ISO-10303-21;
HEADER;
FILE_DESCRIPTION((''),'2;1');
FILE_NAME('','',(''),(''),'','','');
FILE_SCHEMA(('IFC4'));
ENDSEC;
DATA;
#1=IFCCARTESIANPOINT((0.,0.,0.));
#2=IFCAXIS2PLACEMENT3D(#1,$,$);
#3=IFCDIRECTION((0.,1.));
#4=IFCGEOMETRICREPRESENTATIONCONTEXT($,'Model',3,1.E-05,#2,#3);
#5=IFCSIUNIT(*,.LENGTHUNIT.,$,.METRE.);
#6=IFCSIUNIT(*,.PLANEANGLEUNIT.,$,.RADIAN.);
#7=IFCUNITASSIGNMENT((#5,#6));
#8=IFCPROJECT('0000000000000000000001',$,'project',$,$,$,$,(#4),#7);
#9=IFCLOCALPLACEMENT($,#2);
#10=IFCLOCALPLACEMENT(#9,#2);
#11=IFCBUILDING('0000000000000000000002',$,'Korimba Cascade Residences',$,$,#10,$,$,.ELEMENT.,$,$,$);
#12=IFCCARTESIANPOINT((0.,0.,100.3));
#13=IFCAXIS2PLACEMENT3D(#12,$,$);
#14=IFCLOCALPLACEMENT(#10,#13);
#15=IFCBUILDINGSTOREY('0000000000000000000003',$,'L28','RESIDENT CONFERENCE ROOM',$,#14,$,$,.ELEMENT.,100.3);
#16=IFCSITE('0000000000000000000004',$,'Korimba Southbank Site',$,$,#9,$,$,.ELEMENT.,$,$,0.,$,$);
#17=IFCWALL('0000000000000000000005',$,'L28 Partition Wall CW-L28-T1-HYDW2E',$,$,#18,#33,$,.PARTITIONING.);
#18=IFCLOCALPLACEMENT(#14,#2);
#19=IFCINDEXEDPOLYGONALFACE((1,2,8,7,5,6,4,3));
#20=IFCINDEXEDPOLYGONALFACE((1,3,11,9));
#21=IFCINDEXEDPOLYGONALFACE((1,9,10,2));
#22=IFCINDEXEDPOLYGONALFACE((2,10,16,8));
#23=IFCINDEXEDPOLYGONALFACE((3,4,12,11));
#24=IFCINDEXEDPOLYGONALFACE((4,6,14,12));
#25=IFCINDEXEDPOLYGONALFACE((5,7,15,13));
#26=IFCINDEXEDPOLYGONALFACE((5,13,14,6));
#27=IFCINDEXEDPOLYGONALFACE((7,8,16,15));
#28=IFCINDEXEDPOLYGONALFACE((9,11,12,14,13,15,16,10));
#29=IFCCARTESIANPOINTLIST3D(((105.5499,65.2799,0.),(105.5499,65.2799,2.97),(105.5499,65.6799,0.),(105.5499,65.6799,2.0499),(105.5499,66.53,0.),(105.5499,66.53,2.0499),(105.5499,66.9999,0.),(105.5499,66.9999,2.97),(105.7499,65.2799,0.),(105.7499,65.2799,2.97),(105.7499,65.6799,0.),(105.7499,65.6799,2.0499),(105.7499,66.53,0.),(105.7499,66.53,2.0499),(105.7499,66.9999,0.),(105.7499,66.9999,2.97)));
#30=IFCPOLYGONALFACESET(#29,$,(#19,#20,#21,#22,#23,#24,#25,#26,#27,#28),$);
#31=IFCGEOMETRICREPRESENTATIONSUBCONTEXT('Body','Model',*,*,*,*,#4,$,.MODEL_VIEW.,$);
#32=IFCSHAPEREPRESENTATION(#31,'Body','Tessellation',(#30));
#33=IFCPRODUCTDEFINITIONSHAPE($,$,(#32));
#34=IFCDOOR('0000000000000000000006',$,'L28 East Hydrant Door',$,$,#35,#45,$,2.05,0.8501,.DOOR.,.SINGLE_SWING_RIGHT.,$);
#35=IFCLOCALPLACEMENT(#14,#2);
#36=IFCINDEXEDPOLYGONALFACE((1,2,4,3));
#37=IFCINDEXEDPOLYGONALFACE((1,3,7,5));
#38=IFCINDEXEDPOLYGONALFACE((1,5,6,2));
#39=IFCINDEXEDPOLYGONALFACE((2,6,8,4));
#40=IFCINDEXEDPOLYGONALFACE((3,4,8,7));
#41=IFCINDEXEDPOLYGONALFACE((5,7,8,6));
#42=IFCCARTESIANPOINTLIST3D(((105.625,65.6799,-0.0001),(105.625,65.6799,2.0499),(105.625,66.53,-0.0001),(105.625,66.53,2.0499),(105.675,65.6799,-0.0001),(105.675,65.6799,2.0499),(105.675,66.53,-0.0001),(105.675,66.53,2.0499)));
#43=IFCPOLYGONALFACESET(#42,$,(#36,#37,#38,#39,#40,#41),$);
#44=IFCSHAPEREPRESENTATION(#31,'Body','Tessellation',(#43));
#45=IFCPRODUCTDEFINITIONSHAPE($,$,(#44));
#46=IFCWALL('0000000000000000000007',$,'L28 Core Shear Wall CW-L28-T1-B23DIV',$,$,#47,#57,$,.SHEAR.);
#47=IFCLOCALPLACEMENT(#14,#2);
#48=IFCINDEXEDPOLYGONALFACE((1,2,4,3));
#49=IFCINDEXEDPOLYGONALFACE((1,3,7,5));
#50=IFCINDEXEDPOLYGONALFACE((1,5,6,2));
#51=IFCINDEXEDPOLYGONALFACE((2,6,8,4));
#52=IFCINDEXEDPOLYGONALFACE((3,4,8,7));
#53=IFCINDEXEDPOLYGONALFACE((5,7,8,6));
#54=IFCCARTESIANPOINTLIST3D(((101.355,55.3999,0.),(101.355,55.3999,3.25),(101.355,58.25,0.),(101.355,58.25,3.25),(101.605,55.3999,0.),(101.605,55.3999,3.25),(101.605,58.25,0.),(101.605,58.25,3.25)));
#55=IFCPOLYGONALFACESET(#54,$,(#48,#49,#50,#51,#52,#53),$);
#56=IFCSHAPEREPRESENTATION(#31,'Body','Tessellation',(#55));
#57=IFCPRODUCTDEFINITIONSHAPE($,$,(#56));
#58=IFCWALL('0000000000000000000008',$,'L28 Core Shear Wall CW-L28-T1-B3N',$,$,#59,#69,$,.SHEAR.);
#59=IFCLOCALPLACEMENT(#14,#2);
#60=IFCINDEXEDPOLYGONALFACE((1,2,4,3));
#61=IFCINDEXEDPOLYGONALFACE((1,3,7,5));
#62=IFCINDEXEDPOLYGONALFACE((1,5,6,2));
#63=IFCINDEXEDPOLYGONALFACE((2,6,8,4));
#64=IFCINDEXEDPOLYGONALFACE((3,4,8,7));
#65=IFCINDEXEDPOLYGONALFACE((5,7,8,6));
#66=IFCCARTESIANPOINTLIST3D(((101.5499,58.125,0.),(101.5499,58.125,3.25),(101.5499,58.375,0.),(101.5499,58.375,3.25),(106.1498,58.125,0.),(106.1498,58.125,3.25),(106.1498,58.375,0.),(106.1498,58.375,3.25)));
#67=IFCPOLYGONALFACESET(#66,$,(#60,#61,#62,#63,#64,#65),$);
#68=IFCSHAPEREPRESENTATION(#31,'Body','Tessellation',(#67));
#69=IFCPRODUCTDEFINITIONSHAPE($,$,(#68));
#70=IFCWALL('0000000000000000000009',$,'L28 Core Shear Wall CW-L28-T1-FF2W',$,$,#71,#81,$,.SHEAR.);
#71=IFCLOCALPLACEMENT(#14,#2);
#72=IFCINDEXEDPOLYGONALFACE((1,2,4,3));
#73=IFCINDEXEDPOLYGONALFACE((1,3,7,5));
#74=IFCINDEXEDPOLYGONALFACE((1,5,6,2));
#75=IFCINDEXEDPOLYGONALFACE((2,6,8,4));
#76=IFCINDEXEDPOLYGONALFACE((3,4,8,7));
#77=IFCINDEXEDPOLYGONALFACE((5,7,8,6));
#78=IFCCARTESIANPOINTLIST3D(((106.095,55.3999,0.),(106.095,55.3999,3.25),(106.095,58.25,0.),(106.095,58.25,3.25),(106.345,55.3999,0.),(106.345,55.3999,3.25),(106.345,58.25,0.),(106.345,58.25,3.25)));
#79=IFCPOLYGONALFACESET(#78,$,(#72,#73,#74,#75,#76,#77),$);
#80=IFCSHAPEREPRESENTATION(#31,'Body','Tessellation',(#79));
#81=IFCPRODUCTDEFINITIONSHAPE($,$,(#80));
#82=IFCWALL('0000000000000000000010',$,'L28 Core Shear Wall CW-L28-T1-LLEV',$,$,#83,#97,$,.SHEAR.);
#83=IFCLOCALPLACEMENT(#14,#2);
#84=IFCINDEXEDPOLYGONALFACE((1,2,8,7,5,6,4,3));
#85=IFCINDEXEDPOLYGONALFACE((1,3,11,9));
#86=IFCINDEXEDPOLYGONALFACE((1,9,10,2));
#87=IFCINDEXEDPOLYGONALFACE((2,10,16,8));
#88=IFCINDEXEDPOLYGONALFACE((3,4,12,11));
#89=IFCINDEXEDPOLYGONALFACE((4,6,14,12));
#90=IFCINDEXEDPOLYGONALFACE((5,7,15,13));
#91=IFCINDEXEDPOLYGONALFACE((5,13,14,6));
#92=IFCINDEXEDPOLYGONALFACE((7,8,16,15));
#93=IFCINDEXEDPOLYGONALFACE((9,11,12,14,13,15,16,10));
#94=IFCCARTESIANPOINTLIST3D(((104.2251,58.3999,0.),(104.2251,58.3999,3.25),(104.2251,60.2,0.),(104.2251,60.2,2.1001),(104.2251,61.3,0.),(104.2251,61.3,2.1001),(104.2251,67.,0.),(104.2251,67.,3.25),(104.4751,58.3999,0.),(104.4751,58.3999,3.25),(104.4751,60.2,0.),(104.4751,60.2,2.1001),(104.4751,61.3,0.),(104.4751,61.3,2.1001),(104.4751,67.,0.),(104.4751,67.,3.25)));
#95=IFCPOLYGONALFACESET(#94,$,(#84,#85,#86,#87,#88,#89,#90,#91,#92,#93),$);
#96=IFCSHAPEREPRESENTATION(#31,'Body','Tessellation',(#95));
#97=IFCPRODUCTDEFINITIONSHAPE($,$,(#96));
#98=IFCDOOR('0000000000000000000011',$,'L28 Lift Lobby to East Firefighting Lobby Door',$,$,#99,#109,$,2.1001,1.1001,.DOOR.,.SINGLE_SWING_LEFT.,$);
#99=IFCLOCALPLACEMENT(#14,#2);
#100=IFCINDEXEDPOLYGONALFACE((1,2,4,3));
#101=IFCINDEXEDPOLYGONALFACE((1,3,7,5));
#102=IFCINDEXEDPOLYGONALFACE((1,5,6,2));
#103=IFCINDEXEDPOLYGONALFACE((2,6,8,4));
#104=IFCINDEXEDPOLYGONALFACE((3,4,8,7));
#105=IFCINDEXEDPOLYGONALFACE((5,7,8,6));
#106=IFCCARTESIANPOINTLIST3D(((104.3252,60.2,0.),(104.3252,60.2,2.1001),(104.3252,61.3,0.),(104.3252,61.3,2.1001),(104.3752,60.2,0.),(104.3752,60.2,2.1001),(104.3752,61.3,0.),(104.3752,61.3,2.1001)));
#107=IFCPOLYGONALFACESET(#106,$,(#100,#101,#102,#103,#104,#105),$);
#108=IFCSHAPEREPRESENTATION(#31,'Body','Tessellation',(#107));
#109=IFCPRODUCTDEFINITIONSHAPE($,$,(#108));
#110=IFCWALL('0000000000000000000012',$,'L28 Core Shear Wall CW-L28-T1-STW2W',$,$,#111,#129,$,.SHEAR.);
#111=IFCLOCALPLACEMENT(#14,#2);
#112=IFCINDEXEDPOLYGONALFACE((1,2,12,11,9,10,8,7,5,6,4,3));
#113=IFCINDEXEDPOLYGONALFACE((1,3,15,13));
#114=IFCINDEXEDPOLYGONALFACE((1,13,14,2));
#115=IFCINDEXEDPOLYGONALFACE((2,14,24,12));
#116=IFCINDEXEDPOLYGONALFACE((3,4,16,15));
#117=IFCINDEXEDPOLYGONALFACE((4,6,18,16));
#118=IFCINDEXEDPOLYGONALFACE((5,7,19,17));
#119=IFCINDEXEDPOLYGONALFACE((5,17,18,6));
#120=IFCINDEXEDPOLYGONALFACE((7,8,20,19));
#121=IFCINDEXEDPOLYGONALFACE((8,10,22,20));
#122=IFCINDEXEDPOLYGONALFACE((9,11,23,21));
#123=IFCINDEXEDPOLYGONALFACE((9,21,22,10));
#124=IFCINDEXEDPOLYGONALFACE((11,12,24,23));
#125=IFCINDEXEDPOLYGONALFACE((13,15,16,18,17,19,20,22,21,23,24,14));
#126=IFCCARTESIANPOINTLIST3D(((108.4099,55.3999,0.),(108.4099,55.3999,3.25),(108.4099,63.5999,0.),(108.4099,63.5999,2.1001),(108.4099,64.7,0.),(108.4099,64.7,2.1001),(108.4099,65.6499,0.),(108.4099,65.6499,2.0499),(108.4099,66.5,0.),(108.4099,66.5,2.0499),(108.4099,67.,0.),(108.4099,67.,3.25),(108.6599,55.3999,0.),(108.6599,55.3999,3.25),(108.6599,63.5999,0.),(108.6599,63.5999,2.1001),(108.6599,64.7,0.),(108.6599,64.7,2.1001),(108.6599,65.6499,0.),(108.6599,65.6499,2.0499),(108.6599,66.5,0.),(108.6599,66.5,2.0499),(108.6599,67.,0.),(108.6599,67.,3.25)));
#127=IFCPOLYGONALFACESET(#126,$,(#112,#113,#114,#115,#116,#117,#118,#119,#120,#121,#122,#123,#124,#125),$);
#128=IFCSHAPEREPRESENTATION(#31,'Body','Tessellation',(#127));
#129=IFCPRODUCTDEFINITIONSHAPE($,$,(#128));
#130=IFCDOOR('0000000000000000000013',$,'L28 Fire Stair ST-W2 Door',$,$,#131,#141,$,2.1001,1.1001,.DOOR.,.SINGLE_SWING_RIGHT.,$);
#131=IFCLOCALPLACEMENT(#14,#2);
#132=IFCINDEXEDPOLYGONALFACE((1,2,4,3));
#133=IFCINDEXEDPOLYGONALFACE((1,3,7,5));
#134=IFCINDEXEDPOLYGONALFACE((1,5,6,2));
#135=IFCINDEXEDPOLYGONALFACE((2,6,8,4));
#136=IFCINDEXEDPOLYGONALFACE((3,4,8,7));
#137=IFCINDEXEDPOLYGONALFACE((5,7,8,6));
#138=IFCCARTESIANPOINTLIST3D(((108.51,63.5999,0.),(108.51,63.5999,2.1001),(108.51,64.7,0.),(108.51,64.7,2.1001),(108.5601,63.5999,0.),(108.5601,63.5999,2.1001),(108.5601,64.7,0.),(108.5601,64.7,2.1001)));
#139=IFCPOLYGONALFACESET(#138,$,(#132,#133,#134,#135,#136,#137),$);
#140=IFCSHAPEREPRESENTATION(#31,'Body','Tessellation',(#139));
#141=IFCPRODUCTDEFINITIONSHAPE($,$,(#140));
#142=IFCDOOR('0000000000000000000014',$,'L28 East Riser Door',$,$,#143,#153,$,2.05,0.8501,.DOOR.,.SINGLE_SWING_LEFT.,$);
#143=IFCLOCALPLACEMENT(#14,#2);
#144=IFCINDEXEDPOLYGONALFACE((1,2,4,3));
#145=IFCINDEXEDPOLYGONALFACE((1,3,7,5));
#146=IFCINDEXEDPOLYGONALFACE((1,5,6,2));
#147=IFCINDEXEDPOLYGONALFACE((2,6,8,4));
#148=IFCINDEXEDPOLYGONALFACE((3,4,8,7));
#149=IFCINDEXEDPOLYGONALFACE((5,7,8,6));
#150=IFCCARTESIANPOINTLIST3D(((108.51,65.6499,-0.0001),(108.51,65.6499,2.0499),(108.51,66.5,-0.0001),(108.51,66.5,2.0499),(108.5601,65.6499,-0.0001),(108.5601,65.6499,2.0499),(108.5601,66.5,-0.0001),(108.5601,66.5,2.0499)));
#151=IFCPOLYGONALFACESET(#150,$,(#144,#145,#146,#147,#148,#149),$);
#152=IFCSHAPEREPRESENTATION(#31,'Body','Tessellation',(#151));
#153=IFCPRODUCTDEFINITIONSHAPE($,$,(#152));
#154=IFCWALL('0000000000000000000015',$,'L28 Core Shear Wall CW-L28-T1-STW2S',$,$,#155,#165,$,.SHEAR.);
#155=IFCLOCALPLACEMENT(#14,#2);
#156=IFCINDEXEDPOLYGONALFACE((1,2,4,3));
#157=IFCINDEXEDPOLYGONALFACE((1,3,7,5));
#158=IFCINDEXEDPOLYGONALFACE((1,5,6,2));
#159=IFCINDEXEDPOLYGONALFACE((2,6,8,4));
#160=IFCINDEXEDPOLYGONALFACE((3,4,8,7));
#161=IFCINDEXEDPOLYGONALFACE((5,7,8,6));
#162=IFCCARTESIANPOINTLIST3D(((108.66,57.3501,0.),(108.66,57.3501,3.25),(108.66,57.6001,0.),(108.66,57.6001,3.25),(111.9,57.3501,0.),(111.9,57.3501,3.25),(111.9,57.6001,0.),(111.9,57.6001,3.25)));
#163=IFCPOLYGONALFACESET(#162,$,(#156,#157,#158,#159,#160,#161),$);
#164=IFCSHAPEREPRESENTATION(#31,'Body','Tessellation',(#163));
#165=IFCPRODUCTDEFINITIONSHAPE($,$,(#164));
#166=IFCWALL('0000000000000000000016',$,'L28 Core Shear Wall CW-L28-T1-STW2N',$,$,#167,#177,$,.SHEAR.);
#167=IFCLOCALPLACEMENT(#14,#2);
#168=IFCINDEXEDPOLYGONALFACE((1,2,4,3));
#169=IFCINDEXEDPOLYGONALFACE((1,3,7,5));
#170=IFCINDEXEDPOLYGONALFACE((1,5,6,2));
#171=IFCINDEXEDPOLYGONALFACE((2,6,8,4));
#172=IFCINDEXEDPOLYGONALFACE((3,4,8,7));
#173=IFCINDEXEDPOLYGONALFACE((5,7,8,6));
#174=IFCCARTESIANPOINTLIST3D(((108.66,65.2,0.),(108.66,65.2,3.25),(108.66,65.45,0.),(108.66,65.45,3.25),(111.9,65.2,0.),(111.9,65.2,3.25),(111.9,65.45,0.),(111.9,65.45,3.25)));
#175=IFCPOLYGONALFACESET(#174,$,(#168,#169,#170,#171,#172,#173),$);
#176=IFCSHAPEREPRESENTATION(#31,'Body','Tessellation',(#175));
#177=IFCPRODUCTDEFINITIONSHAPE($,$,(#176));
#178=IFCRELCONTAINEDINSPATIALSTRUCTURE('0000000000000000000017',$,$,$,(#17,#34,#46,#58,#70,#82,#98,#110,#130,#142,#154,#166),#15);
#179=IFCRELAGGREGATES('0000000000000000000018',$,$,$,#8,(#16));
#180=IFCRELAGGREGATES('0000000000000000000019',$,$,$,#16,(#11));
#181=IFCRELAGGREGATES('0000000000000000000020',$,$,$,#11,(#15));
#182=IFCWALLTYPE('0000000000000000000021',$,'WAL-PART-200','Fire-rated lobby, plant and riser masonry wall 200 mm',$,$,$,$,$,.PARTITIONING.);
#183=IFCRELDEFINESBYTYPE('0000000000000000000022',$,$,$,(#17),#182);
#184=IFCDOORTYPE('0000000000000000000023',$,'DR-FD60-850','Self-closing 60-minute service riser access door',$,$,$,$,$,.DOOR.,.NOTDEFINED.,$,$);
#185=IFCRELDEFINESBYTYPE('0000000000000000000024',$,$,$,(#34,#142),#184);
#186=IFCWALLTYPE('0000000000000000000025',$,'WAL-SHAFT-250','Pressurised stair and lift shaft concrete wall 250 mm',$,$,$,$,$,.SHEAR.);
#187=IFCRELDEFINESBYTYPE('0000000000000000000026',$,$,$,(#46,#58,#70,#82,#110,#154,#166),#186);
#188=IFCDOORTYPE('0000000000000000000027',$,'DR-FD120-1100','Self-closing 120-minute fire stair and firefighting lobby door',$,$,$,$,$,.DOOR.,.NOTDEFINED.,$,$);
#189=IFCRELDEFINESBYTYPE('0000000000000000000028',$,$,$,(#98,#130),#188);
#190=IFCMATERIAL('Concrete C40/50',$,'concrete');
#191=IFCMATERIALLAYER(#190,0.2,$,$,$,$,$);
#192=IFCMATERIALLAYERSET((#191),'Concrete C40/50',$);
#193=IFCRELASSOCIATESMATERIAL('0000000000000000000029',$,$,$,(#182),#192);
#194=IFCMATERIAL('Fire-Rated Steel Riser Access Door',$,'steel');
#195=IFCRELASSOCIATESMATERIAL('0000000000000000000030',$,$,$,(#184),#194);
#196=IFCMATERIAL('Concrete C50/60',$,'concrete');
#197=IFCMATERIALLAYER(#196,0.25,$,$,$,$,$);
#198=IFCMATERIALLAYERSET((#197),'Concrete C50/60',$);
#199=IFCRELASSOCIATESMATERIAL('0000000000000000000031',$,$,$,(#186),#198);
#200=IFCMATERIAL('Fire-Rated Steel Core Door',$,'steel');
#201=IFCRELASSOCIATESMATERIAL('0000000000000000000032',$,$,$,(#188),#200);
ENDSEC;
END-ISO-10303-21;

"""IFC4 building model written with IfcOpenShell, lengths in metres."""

from ifc_helpers import new_model, si_unit, direction, frame, frame_2d, origin, place, context, subcontext, project, spatial, rectangle, extrude, material, layer, layer_set, type_object, element, fill, save


model = new_model("IFC4")

# Units and contexts
model_context = context("Model", 3, precision=1e-05, world=origin(), true_north=direction((0.0, 1.0)))
body_context = subcontext(model_context, "Body", "Model", "MODEL_VIEW")
ifc_project = project(units=[si_unit("LENGTHUNIT", "METRE"), si_unit("PLANEANGLEUNIT", "RADIAN")], contexts=[model_context])

# Site, building, storey
site_placement = place(None, origin())
site = spatial("IfcSite", under=ifc_project, at=site_placement, Name="Korimba Southbank Site", CompositionType="ELEMENT", RefElevation=0.0)
building_placement = place(site_placement, origin())
building = spatial("IfcBuilding", under=site, at=building_placement, Name="Korimba Cascade Residences", CompositionType="ELEMENT")
storey_placement = place(building_placement, frame((0.0, 0.0, 100.3)))
storey = spatial("IfcBuildingStorey", under=building, at=storey_placement, Name="L28", Description="RESIDENT CONFERENCE ROOM", CompositionType="ELEMENT", Elevation=100.3)

# Shared definitions
ifc_material_1 = material(Name="Concrete C40/50", Category="concrete")
ifc_layer_1 = layer(ifc_material_1, 0.2)
ifc_layer_set_1 = layer_set([ifc_layer_1], Name="Concrete C40/50")
wall_type_1 = type_object("IfcWallType", Name="WAL-PART-200", Description="Fire-rated lobby, plant and riser masonry wall 200 mm", PredefinedType="PARTITIONING", material=ifc_layer_set_1)

# Wall, opening, door
wall_1_placement = place(storey_placement, frame((105.6499, 65.28, 0.0), z_axis=(0.0, 0.0, 1.0), x_axis=(0.0, 1.0, 0.0)))
wall_1 = element("IfcWall", 1, at=wall_1_placement, inside=storey, type_object=wall_type_1, Name="L28 Partition Wall CW-L28-T1-HYDW2E", PredefinedType="PARTITIONING", context=body_context, shape_type="SweptSolid", body=[
    extrude(rectangle(XDim=1.72, YDim=0.2, at=frame_2d((0.8599, 0.0))), origin(), (0.0, 0.0, 1.0), 2.97),
])
opening_1_placement = place(wall_1_placement, frame((0.3999, 0.0, 0.0)))
opening_1 = element("IfcOpeningElement", 2, at=opening_1_placement, cuts=wall_1, PredefinedType="OPENING", context=body_context, shape_type="SweptSolid", body=[
    extrude(rectangle(XDim=0.8501, YDim=2.05, at=frame_2d((0.425, 1.0249))), frame((0.0, 0.1099, 0.0), z_axis=(0.0, -1.0, 0.0), x_axis=(1.0, 0.0, 0.0)), (0.0, 0.0, 1.0), 0.22),
])
ifc_material_2 = material(Name="Fire-Rated Steel Riser Access Door", Category="steel")
door_type_1 = type_object("IfcDoorType", Name="DR-FD60-850", Description="Self-closing 60-minute service riser access door", OperationType="NOTDEFINED", PredefinedType="DOOR", material=ifc_material_2)
door_1_placement = place(opening_1_placement, origin())
door_1 = element("IfcDoor", 3, at=door_1_placement, inside=storey, type_object=door_type_1, Name="L28 East Hydrant Door", OperationType="SINGLE_SWING_RIGHT", OverallHeight=2.05, OverallWidth=0.8501, PredefinedType="DOOR", context=body_context, shape_type="SweptSolid", body=[
    extrude(rectangle(XDim=0.8501, YDim=2.05, at=frame_2d((0.425, 1.0249))), frame((0.0, 0.0249, 0.0), z_axis=(0.0, -1.0, 0.0), x_axis=(1.0, 0.0, 0.0)), (0.0, 0.0, 1.0), 0.05),
])
fill(opening_1, door_1)

# Walls
ifc_material_3 = material(Name="Concrete C50/60", Category="concrete")
ifc_layer_2 = layer(ifc_material_3, 0.25)
ifc_layer_set_2 = layer_set([ifc_layer_2], Name="Concrete C50/60")
wall_type_2 = type_object("IfcWallType", Name="WAL-SHAFT-250", Description="Pressurised stair and lift shaft concrete wall 250 mm", PredefinedType="SHEAR", material=ifc_layer_set_2)
wall_2_placement = place(storey_placement, frame((101.48, 55.3999, 0.0), z_axis=(0.0, 0.0, 1.0), x_axis=(0.0, 1.0, 0.0)))
element("IfcWall", 4, at=wall_2_placement, inside=storey, type_object=wall_type_2, Name="L28 Core Shear Wall CW-L28-T1-B23DIV", PredefinedType="SHEAR", context=body_context, shape_type="SweptSolid", body=[
    extrude(rectangle(XDim=2.8501, YDim=0.25, at=frame_2d((1.425, 0.0))), origin(), (0.0, 0.0, 1.0), 3.25),
])
wall_3_placement = place(storey_placement, frame((101.55, 58.25, 0.0), z_axis=(0.0, 0.0, 1.0), x_axis=(1.0, 0.0, 0.0)))
element("IfcWall", 5, at=wall_3_placement, inside=storey, type_object=wall_type_2, Name="L28 Core Shear Wall CW-L28-T1-B3N", PredefinedType="SHEAR", context=body_context, shape_type="SweptSolid", body=[
    extrude(rectangle(XDim=4.5999, YDim=0.25, at=frame_2d((2.2998, 0.0))), origin(), (0.0, 0.0, 1.0), 3.25),
])
wall_4_placement = place(storey_placement, frame((106.22, 55.3999, 0.0), z_axis=(0.0, 0.0, 1.0), x_axis=(0.0, 1.0, 0.0)))
element("IfcWall", 6, at=wall_4_placement, inside=storey, type_object=wall_type_2, Name="L28 Core Shear Wall CW-L28-T1-FF2W", PredefinedType="SHEAR", context=body_context, shape_type="SweptSolid", body=[
    extrude(rectangle(XDim=2.8501, YDim=0.25, at=frame_2d((1.425, 0.0))), origin(), (0.0, 0.0, 1.0), 3.25),
])

# Wall, opening, door
wall_5_placement = place(storey_placement, frame((104.3501, 58.3999, 0.0), z_axis=(0.0, 0.0, 1.0), x_axis=(0.0, 1.0, 0.0)))
wall_5 = element("IfcWall", 7, at=wall_5_placement, inside=storey, type_object=wall_type_2, Name="L28 Core Shear Wall CW-L28-T1-LLEV", PredefinedType="SHEAR", context=body_context, shape_type="SweptSolid", body=[
    extrude(rectangle(XDim=8.6001, YDim=0.25, at=frame_2d((4.3, 0.0))), origin(), (0.0, 0.0, 1.0), 3.25),
])
opening_2_placement = place(wall_5_placement, frame((1.8, 0.0, 0.0)))
opening_2 = element("IfcOpeningElement", 8, at=opening_2_placement, cuts=wall_5, PredefinedType="OPENING", context=body_context, shape_type="SweptSolid", body=[
    extrude(rectangle(XDim=1.1001, YDim=2.1001, at=frame_2d((0.55, 1.05))), frame((0.0, 0.135, 0.0), z_axis=(0.0, -1.0, 0.0), x_axis=(1.0, 0.0, 0.0)), (0.0, 0.0, 1.0), 0.27),
])
ifc_material_4 = material(Name="Fire-Rated Steel Core Door", Category="steel")
door_type_2 = type_object("IfcDoorType", Name="DR-FD120-1100", Description="Self-closing 120-minute fire stair and firefighting lobby door", OperationType="NOTDEFINED", PredefinedType="DOOR", material=ifc_material_4)
door_2_placement = place(opening_2_placement, origin())
door_2 = element("IfcDoor", 9, at=door_2_placement, inside=storey, type_object=door_type_2, Name="L28 Lift Lobby to East Firefighting Lobby Door", OperationType="SINGLE_SWING_LEFT", OverallHeight=2.1001, OverallWidth=1.1001, PredefinedType="DOOR", context=body_context, shape_type="SweptSolid", body=[
    extrude(rectangle(XDim=1.1001, YDim=2.1001, at=frame_2d((0.55, 1.05))), frame((0.0, 0.0249, 0.0), z_axis=(0.0, -1.0, 0.0), x_axis=(1.0, 0.0, 0.0)), (0.0, 0.0, 1.0), 0.05),
])
fill(opening_2, door_2)

# Wall, openings, doors
wall_6_placement = place(storey_placement, frame((108.5349, 55.3999, 0.0), z_axis=(0.0, 0.0, 1.0), x_axis=(0.0, 1.0, 0.0)))
wall_6 = element("IfcWall", 10, at=wall_6_placement, inside=storey, type_object=wall_type_2, Name="L28 Core Shear Wall CW-L28-T1-STW2W", PredefinedType="SHEAR", context=body_context, shape_type="SweptSolid", body=[
    extrude(rectangle(XDim=11.6001, YDim=0.25, at=frame_2d((5.8, 0.0))), origin(), (0.0, 0.0, 1.0), 3.25),
])
opening_3_placement = place(wall_6_placement, frame((8.2, 0.0, 0.0)))
opening_3 = element("IfcOpeningElement", 11, at=opening_3_placement, cuts=wall_6, PredefinedType="OPENING", context=body_context, shape_type="SweptSolid", body=[
    extrude(rectangle(XDim=1.1001, YDim=2.1001, at=frame_2d((0.55, 1.05))), frame((0.0, 0.135, 0.0), z_axis=(0.0, -1.0, 0.0), x_axis=(1.0, 0.0, 0.0)), (0.0, 0.0, 1.0), 0.27),
])
opening_4_placement = place(wall_6_placement, frame((10.25, 0.0, 0.0)))
opening_4 = element("IfcOpeningElement", 12, at=opening_4_placement, cuts=wall_6, PredefinedType="OPENING", context=body_context, shape_type="SweptSolid", body=[
    extrude(rectangle(XDim=0.8501, YDim=2.05, at=frame_2d((0.425, 1.0249))), frame((0.0, 0.135, 0.0), z_axis=(0.0, -1.0, 0.0), x_axis=(1.0, 0.0, 0.0)), (0.0, 0.0, 1.0), 0.27),
])
door_3_placement = place(opening_3_placement, origin())
door_3 = element("IfcDoor", 13, at=door_3_placement, inside=storey, type_object=door_type_2, Name="L28 Fire Stair ST-W2 Door", OperationType="SINGLE_SWING_RIGHT", OverallHeight=2.1001, OverallWidth=1.1001, PredefinedType="DOOR", context=body_context, shape_type="SweptSolid", body=[
    extrude(rectangle(XDim=1.1001, YDim=2.1001, at=frame_2d((0.55, 1.05))), frame((0.0, 0.0249, 0.0), z_axis=(0.0, -1.0, 0.0), x_axis=(1.0, 0.0, 0.0)), (0.0, 0.0, 1.0), 0.05),
])
fill(opening_3, door_3)
door_4_placement = place(opening_4_placement, origin())
door_4 = element("IfcDoor", 14, at=door_4_placement, inside=storey, type_object=door_type_1, Name="L28 East Riser Door", OperationType="SINGLE_SWING_LEFT", OverallHeight=2.05, OverallWidth=0.8501, PredefinedType="DOOR", context=body_context, shape_type="SweptSolid", body=[
    extrude(rectangle(XDim=0.8501, YDim=2.05, at=frame_2d((0.425, 1.0249))), frame((0.0, 0.0249, 0.0), z_axis=(0.0, -1.0, 0.0), x_axis=(1.0, 0.0, 0.0)), (0.0, 0.0, 1.0), 0.05),
])
fill(opening_4, door_4)

# Walls
for number, where, z_axis, x_axis, name in (
    (15, (108.6599, 57.4751, 0.0), (0.0, 0.0, 1.0), (1.0, 0.0, 0.0), "L28 Core Shear Wall CW-L28-T1-STW2S"),
    (16, (108.6599, 65.325, 0.0), (0.0, 0.0, 1.0), (1.0, 0.0, 0.0), "L28 Core Shear Wall CW-L28-T1-STW2N"),
):
    element("IfcWall", number, at=place(storey_placement, frame(where, z_axis=z_axis, x_axis=x_axis)), inside=storey, type_object=wall_type_2, Name=name, PredefinedType="SHEAR", context=body_context, shape_type="SweptSolid", body=[
        extrude(rectangle(XDim=3.24, YDim=0.25, at=frame_2d((1.6201, 0.0))), origin(), (0.0, 0.0, 1.0), 3.25),
    ])

save(model, "model.ifc")
